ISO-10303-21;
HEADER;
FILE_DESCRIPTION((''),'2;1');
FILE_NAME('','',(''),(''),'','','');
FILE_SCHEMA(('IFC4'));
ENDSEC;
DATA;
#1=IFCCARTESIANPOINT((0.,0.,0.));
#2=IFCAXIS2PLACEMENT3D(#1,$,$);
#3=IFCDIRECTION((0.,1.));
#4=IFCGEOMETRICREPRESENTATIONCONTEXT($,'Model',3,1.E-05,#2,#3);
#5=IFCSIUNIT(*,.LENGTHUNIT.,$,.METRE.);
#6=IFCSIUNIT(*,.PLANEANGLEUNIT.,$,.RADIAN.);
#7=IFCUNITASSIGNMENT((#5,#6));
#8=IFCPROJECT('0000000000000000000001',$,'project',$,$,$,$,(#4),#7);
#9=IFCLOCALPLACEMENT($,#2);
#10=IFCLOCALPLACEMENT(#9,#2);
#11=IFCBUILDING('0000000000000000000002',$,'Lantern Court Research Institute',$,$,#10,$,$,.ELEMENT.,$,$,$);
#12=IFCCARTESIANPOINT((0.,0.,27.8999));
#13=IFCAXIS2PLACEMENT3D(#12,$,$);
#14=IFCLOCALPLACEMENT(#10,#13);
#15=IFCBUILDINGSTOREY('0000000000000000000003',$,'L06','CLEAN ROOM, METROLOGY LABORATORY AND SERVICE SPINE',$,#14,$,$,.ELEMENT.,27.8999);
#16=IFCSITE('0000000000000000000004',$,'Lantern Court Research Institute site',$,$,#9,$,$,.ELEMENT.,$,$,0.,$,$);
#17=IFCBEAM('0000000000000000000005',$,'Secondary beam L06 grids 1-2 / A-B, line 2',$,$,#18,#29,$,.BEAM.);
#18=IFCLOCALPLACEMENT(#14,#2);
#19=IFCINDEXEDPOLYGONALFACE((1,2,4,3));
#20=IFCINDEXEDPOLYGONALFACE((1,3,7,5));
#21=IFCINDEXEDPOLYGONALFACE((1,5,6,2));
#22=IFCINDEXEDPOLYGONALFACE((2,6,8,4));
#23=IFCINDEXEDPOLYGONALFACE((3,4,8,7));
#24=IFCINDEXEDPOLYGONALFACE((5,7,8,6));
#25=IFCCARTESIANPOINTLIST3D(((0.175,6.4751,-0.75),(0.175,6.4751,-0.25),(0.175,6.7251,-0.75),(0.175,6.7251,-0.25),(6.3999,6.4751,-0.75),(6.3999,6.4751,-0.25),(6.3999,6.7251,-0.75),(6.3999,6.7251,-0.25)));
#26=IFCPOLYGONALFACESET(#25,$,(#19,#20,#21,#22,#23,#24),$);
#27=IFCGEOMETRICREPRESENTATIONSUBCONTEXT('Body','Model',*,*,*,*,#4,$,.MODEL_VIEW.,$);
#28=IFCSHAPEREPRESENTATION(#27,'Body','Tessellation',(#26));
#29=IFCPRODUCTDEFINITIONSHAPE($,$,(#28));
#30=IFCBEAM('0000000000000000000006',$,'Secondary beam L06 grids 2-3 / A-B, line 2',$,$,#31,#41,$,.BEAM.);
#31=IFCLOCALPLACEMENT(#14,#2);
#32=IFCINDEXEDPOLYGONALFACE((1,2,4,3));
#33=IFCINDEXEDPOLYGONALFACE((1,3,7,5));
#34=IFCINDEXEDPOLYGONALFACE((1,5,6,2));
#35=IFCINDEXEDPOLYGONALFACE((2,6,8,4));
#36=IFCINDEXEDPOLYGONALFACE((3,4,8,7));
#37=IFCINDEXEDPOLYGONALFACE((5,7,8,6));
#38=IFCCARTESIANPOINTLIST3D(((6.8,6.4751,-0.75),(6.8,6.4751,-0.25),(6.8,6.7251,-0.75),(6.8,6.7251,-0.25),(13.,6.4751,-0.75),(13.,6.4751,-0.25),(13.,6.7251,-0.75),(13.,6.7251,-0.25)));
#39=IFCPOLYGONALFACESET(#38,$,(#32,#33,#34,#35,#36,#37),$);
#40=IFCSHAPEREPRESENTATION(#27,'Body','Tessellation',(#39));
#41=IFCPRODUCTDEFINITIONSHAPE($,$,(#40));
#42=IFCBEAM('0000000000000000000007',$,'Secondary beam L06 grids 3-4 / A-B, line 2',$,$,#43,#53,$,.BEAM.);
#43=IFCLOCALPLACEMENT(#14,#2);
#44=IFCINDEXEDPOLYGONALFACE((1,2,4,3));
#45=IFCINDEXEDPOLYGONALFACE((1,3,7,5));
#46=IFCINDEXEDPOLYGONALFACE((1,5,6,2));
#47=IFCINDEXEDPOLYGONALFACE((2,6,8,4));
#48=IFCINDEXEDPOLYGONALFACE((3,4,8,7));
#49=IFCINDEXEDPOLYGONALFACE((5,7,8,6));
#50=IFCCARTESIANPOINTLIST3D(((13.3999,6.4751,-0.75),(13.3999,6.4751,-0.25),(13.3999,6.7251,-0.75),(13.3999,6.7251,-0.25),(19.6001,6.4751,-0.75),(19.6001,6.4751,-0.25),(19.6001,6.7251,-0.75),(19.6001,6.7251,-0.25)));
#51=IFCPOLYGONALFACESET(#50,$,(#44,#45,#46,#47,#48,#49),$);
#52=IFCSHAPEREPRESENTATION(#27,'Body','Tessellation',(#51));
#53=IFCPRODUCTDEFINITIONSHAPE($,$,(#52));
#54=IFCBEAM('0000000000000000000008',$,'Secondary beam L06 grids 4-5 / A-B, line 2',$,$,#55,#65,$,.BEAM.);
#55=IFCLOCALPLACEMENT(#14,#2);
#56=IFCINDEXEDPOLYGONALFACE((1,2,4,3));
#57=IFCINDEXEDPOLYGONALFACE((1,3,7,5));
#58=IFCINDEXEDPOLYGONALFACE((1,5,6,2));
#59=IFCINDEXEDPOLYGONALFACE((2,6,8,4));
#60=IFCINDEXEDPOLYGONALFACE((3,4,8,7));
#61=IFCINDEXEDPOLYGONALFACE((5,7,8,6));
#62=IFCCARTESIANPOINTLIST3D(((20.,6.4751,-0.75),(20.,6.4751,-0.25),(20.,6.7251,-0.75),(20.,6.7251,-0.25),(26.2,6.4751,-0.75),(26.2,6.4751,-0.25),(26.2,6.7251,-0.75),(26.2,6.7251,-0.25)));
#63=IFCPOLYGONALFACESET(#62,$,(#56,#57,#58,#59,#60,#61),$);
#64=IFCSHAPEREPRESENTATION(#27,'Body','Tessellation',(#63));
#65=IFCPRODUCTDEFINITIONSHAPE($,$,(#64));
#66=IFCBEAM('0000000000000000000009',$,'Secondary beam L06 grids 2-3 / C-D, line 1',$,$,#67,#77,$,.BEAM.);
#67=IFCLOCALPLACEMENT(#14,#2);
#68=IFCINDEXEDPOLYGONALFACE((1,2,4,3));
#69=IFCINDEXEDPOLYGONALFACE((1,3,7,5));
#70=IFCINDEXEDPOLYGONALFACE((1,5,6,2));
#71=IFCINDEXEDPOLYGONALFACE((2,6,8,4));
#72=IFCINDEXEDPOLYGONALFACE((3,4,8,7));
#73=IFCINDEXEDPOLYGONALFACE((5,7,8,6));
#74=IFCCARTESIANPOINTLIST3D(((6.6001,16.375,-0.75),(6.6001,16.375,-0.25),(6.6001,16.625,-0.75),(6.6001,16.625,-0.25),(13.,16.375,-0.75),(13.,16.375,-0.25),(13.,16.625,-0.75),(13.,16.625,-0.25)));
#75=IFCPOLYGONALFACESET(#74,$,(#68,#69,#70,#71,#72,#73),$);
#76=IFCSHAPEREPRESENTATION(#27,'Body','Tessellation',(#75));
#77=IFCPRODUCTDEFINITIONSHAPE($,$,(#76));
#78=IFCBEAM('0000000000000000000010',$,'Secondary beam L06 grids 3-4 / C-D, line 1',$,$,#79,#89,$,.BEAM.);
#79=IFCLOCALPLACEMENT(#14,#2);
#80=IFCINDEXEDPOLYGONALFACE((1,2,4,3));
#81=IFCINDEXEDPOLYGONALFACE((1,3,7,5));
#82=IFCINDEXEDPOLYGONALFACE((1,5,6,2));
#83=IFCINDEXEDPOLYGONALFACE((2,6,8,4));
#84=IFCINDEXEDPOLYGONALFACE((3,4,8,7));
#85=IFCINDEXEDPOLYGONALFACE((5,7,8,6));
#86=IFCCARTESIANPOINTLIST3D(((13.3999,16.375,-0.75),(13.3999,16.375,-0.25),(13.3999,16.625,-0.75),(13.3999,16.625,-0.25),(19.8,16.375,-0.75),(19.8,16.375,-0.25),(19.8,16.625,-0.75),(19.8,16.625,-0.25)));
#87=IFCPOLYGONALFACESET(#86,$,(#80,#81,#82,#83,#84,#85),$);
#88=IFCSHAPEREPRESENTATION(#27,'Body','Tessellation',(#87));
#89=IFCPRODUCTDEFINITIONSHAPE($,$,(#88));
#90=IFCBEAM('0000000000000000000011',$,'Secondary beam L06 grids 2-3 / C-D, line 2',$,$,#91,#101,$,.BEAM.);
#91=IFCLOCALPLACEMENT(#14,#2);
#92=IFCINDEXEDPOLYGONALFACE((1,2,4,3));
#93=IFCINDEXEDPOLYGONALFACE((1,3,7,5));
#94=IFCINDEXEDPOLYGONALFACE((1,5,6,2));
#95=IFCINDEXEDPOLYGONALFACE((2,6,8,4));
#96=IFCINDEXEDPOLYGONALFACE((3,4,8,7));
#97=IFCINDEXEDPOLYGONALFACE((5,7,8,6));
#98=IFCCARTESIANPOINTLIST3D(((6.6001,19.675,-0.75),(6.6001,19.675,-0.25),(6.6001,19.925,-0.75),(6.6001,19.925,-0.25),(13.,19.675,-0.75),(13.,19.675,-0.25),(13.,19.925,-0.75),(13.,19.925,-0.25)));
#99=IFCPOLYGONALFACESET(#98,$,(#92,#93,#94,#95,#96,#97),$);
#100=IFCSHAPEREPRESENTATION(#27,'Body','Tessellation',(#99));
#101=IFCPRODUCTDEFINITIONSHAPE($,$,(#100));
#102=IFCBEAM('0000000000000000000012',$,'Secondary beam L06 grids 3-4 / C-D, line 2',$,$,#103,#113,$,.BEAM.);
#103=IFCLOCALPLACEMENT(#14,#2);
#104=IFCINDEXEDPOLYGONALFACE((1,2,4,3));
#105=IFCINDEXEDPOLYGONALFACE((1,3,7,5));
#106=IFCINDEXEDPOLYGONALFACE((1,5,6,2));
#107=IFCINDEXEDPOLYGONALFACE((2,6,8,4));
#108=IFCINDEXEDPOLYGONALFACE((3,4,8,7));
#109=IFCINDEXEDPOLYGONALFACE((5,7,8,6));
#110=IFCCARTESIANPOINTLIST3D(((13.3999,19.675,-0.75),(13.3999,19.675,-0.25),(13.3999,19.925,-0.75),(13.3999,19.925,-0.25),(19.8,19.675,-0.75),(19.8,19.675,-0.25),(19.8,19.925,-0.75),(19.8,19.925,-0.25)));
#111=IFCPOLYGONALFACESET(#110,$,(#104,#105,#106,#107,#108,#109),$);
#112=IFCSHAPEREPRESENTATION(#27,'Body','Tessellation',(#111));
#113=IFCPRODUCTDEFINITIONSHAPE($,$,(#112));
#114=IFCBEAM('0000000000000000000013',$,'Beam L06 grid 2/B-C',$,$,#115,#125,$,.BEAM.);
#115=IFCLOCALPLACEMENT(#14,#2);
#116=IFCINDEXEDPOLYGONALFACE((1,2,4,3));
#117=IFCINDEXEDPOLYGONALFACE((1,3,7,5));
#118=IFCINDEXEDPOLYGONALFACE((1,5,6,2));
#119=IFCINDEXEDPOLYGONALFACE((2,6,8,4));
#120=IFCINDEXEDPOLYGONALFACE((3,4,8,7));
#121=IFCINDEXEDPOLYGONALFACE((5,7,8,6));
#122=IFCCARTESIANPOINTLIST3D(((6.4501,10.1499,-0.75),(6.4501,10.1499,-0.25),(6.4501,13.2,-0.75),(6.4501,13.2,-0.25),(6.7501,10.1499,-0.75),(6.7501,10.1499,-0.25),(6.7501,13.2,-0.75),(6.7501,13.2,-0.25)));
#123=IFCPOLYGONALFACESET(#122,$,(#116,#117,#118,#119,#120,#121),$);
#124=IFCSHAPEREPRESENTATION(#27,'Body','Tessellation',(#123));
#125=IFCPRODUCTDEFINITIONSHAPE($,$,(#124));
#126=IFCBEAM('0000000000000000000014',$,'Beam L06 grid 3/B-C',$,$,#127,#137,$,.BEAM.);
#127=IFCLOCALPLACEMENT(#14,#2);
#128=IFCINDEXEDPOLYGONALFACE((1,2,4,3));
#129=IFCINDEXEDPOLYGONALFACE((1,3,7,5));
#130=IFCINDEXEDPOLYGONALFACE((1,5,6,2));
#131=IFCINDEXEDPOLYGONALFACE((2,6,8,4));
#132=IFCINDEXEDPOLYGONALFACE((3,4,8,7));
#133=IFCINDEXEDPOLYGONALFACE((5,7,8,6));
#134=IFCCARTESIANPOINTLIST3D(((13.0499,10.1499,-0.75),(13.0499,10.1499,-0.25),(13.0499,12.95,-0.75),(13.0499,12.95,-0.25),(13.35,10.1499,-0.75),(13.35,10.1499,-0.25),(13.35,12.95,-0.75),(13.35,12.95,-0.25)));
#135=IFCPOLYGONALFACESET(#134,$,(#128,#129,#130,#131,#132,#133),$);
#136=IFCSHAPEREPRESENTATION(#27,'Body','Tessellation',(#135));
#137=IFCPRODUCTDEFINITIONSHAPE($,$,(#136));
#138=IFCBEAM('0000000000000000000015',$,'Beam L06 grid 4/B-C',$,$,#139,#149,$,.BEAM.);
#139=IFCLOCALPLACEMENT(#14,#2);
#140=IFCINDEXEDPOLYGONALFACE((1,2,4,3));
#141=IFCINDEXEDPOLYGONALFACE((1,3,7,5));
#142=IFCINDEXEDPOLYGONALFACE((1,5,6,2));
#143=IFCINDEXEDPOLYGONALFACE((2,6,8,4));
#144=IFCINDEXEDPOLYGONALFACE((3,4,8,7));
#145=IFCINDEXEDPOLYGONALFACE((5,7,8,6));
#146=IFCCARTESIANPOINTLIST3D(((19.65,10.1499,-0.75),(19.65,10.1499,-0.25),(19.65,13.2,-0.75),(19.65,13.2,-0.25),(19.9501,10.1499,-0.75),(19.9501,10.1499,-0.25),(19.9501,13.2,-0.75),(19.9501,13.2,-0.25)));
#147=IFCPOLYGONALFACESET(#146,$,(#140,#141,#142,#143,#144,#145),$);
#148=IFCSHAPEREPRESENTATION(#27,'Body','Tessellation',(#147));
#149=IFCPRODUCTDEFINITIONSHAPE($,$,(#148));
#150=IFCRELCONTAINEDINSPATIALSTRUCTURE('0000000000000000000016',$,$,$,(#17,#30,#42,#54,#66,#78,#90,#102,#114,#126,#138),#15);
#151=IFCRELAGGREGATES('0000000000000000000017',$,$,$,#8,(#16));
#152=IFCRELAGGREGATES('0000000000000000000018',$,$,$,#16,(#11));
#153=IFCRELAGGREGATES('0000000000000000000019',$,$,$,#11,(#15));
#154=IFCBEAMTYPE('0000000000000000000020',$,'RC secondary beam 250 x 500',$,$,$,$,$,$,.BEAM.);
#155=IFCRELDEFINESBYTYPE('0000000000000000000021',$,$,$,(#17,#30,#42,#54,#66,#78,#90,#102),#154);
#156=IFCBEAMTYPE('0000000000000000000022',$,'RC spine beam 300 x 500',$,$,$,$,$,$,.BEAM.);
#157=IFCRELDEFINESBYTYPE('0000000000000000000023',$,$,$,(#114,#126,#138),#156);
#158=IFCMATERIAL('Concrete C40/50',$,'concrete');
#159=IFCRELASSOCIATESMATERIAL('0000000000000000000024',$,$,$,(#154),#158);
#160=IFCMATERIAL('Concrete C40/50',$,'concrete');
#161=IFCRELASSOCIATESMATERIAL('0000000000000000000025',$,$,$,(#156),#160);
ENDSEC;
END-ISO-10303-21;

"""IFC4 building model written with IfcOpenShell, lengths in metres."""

from ifc_helpers import new_model, si_unit, direction, frame, origin, origin_2d, place, context, subcontext, project, spatial, rectangle, extrude, material, material_profile, profile_set, type_object, element, save


model = new_model("IFC4")

# Units and contexts
model_context = context("Model", 3, precision=1e-05, world=origin(), true_north=direction((0.0, 1.0)))
body_context = subcontext(model_context, "Body", "Model", "MODEL_VIEW")
ifc_project = project(units=[si_unit("LENGTHUNIT", "METRE"), si_unit("PLANEANGLEUNIT", "RADIAN")], contexts=[model_context])

# Site, building, storey
site_placement = place(None, origin())
site = spatial("IfcSite", under=ifc_project, at=site_placement, Name="Lantern Court Research Institute site", CompositionType="ELEMENT", RefElevation=0.0)
building_placement = place(site_placement, origin())
building = spatial("IfcBuilding", under=site, at=building_placement, Name="Lantern Court Research Institute", CompositionType="ELEMENT")
storey_placement = place(building_placement, frame((0.0, 0.0, 27.8999)))
storey = spatial("IfcBuildingStorey", under=building, at=storey_placement, Name="L06", Description="CLEAN ROOM, METROLOGY LABORATORY AND SERVICE SPINE", CompositionType="ELEMENT", Elevation=27.8999)

# Beams
ifc_material_1 = material(Name="Concrete C40/50", Category="concrete")
ifc_material_profile_1 = material_profile(ifc_material_1, rectangle(XDim=0.25, YDim=0.5, at=origin_2d()), Name="RC beam 250 x 500")
ifc_profile_set_1 = profile_set([ifc_material_profile_1], Name="Concrete C40/50")
beam_type_1 = type_object("IfcBeamType", Name="RC secondary beam 250 x 500", PredefinedType="BEAM", material=ifc_profile_set_1)
beam_1_placement = place(storey_placement, frame((0.175, 6.6001, -0.5), z_axis=(1.0, 0.0, 0.0), x_axis=(0.0, 1.0, 0.0)))
element("IfcBeam", 1, at=beam_1_placement, inside=storey, type_object=beam_type_1, Name="Secondary beam L06 grids 1-2 / A-B, line 2", PredefinedType="BEAM", context=body_context, shape_type="SweptSolid", body=[
    extrude(rectangle(XDim=0.25, YDim=0.5, at=origin_2d()), origin(), (0.0, 0.0, 1.0), 6.2249),
])
beam_2_placement = place(storey_placement, frame((6.8, 6.6001, -0.5), z_axis=(1.0, 0.0, 0.0), x_axis=(0.0, 1.0, 0.0)))
element("IfcBeam", 2, at=beam_2_placement, inside=storey, type_object=beam_type_1, Name="Secondary beam L06 grids 2-3 / A-B, line 2", PredefinedType="BEAM", context=body_context, shape_type="SweptSolid", body=[
    extrude(rectangle(XDim=0.25, YDim=0.5, at=origin_2d()), origin(), (0.0, 0.0, 1.0), 6.2),
])
beam_3_placement = place(storey_placement, frame((13.3999, 6.6001, -0.5), z_axis=(1.0, 0.0, 0.0), x_axis=(0.0, 1.0, 0.0)))
element("IfcBeam", 3, at=beam_3_placement, inside=storey, type_object=beam_type_1, Name="Secondary beam L06 grids 3-4 / A-B, line 2", PredefinedType="BEAM", context=body_context, shape_type="SweptSolid", body=[
    extrude(rectangle(XDim=0.25, YDim=0.5, at=origin_2d()), origin(), (0.0, 0.0, 1.0), 6.2002),
])
beam_4_placement = place(storey_placement, frame((20.0, 6.6001, -0.5), z_axis=(1.0, 0.0, 0.0), x_axis=(0.0, 1.0, 0.0)))
element("IfcBeam", 4, at=beam_4_placement, inside=storey, type_object=beam_type_1, Name="Secondary beam L06 grids 4-5 / A-B, line 2", PredefinedType="BEAM", context=body_context, shape_type="SweptSolid", body=[
    extrude(rectangle(XDim=0.25, YDim=0.5, at=origin_2d()), origin(), (0.0, 0.0, 1.0), 6.2),
])
beam_5_placement = place(storey_placement, frame((6.6001, 16.5, -0.5), z_axis=(1.0, 0.0, 0.0), x_axis=(0.0, 1.0, 0.0)))
element("IfcBeam", 5, at=beam_5_placement, inside=storey, type_object=beam_type_1, Name="Secondary beam L06 grids 2-3 / C-D, line 1", PredefinedType="BEAM", context=body_context, shape_type="SweptSolid", body=[
    extrude(rectangle(XDim=0.25, YDim=0.5, at=origin_2d()), origin(), (0.0, 0.0, 1.0), 6.3999),
])
beam_6_placement = place(storey_placement, frame((13.3999, 16.5, -0.5), z_axis=(1.0, 0.0, 0.0), x_axis=(0.0, 1.0, 0.0)))
element("IfcBeam", 6, at=beam_6_placement, inside=storey, type_object=beam_type_1, Name="Secondary beam L06 grids 3-4 / C-D, line 1", PredefinedType="BEAM", context=body_context, shape_type="SweptSolid", body=[
    extrude(rectangle(XDim=0.25, YDim=0.5, at=origin_2d()), origin(), (0.0, 0.0, 1.0), 6.4001),
])
beam_7_placement = place(storey_placement, frame((6.6001, 19.8, -0.5), z_axis=(1.0, 0.0, 0.0), x_axis=(0.0, 1.0, 0.0)))
element("IfcBeam", 7, at=beam_7_placement, inside=storey, type_object=beam_type_1, Name="Secondary beam L06 grids 2-3 / C-D, line 2", PredefinedType="BEAM", context=body_context, shape_type="SweptSolid", body=[
    extrude(rectangle(XDim=0.25, YDim=0.5, at=origin_2d()), origin(), (0.0, 0.0, 1.0), 6.3999),
])
beam_8_placement = place(storey_placement, frame((13.3999, 19.8, -0.5), z_axis=(1.0, 0.0, 0.0), x_axis=(0.0, 1.0, 0.0)))
element("IfcBeam", 8, at=beam_8_placement, inside=storey, type_object=beam_type_1, Name="Secondary beam L06 grids 3-4 / C-D, line 2", PredefinedType="BEAM", context=body_context, shape_type="SweptSolid", body=[
    extrude(rectangle(XDim=0.25, YDim=0.5, at=origin_2d()), origin(), (0.0, 0.0, 1.0), 6.4001),
])
ifc_material_2 = material(Name="Concrete C40/50", Category="concrete")
ifc_material_profile_2 = material_profile(ifc_material_2, rectangle(XDim=0.3, YDim=0.5, at=origin_2d()), Name="RC beam 300 x 500")
ifc_profile_set_2 = profile_set([ifc_material_profile_2], Name="Concrete C40/50")
beam_type_2 = type_object("IfcBeamType", Name="RC spine beam 300 x 500", PredefinedType="BEAM", material=ifc_profile_set_2)
beam_9_placement = place(storey_placement, frame((6.6001, 10.1499, -0.5), z_axis=(0.0, 1.0, 0.0), x_axis=(-1.0, 0.0, 0.0)))
element("IfcBeam", 9, at=beam_9_placement, inside=storey, type_object=beam_type_2, Name="Beam L06 grid 2/B-C", PredefinedType="BEAM", context=body_context, shape_type="SweptSolid", body=[
    extrude(rectangle(XDim=0.3, YDim=0.5, at=origin_2d()), origin(), (0.0, 0.0, 1.0), 3.05),
])
beam_10_placement = place(storey_placement, frame((13.2, 10.1499, -0.5), z_axis=(0.0, 1.0, 0.0), x_axis=(-1.0, 0.0, 0.0)))
element("IfcBeam", 10, at=beam_10_placement, inside=storey, type_object=beam_type_2, Name="Beam L06 grid 3/B-C", PredefinedType="BEAM", context=body_context, shape_type="SweptSolid", body=[
    extrude(rectangle(XDim=0.3, YDim=0.5, at=origin_2d()), origin(), (0.0, 0.0, 1.0), 2.8),
])
beam_11_placement = place(storey_placement, frame((19.8, 10.1499, -0.5), z_axis=(0.0, 1.0, 0.0), x_axis=(-1.0, 0.0, 0.0)))
element("IfcBeam", 11, at=beam_11_placement, inside=storey, type_object=beam_type_2, Name="Beam L06 grid 4/B-C", PredefinedType="BEAM", context=body_context, shape_type="SweptSolid", body=[
    extrude(rectangle(XDim=0.3, YDim=0.5, at=origin_2d()), origin(), (0.0, 0.0, 1.0), 3.05),
])

save(model, "model.ifc")
